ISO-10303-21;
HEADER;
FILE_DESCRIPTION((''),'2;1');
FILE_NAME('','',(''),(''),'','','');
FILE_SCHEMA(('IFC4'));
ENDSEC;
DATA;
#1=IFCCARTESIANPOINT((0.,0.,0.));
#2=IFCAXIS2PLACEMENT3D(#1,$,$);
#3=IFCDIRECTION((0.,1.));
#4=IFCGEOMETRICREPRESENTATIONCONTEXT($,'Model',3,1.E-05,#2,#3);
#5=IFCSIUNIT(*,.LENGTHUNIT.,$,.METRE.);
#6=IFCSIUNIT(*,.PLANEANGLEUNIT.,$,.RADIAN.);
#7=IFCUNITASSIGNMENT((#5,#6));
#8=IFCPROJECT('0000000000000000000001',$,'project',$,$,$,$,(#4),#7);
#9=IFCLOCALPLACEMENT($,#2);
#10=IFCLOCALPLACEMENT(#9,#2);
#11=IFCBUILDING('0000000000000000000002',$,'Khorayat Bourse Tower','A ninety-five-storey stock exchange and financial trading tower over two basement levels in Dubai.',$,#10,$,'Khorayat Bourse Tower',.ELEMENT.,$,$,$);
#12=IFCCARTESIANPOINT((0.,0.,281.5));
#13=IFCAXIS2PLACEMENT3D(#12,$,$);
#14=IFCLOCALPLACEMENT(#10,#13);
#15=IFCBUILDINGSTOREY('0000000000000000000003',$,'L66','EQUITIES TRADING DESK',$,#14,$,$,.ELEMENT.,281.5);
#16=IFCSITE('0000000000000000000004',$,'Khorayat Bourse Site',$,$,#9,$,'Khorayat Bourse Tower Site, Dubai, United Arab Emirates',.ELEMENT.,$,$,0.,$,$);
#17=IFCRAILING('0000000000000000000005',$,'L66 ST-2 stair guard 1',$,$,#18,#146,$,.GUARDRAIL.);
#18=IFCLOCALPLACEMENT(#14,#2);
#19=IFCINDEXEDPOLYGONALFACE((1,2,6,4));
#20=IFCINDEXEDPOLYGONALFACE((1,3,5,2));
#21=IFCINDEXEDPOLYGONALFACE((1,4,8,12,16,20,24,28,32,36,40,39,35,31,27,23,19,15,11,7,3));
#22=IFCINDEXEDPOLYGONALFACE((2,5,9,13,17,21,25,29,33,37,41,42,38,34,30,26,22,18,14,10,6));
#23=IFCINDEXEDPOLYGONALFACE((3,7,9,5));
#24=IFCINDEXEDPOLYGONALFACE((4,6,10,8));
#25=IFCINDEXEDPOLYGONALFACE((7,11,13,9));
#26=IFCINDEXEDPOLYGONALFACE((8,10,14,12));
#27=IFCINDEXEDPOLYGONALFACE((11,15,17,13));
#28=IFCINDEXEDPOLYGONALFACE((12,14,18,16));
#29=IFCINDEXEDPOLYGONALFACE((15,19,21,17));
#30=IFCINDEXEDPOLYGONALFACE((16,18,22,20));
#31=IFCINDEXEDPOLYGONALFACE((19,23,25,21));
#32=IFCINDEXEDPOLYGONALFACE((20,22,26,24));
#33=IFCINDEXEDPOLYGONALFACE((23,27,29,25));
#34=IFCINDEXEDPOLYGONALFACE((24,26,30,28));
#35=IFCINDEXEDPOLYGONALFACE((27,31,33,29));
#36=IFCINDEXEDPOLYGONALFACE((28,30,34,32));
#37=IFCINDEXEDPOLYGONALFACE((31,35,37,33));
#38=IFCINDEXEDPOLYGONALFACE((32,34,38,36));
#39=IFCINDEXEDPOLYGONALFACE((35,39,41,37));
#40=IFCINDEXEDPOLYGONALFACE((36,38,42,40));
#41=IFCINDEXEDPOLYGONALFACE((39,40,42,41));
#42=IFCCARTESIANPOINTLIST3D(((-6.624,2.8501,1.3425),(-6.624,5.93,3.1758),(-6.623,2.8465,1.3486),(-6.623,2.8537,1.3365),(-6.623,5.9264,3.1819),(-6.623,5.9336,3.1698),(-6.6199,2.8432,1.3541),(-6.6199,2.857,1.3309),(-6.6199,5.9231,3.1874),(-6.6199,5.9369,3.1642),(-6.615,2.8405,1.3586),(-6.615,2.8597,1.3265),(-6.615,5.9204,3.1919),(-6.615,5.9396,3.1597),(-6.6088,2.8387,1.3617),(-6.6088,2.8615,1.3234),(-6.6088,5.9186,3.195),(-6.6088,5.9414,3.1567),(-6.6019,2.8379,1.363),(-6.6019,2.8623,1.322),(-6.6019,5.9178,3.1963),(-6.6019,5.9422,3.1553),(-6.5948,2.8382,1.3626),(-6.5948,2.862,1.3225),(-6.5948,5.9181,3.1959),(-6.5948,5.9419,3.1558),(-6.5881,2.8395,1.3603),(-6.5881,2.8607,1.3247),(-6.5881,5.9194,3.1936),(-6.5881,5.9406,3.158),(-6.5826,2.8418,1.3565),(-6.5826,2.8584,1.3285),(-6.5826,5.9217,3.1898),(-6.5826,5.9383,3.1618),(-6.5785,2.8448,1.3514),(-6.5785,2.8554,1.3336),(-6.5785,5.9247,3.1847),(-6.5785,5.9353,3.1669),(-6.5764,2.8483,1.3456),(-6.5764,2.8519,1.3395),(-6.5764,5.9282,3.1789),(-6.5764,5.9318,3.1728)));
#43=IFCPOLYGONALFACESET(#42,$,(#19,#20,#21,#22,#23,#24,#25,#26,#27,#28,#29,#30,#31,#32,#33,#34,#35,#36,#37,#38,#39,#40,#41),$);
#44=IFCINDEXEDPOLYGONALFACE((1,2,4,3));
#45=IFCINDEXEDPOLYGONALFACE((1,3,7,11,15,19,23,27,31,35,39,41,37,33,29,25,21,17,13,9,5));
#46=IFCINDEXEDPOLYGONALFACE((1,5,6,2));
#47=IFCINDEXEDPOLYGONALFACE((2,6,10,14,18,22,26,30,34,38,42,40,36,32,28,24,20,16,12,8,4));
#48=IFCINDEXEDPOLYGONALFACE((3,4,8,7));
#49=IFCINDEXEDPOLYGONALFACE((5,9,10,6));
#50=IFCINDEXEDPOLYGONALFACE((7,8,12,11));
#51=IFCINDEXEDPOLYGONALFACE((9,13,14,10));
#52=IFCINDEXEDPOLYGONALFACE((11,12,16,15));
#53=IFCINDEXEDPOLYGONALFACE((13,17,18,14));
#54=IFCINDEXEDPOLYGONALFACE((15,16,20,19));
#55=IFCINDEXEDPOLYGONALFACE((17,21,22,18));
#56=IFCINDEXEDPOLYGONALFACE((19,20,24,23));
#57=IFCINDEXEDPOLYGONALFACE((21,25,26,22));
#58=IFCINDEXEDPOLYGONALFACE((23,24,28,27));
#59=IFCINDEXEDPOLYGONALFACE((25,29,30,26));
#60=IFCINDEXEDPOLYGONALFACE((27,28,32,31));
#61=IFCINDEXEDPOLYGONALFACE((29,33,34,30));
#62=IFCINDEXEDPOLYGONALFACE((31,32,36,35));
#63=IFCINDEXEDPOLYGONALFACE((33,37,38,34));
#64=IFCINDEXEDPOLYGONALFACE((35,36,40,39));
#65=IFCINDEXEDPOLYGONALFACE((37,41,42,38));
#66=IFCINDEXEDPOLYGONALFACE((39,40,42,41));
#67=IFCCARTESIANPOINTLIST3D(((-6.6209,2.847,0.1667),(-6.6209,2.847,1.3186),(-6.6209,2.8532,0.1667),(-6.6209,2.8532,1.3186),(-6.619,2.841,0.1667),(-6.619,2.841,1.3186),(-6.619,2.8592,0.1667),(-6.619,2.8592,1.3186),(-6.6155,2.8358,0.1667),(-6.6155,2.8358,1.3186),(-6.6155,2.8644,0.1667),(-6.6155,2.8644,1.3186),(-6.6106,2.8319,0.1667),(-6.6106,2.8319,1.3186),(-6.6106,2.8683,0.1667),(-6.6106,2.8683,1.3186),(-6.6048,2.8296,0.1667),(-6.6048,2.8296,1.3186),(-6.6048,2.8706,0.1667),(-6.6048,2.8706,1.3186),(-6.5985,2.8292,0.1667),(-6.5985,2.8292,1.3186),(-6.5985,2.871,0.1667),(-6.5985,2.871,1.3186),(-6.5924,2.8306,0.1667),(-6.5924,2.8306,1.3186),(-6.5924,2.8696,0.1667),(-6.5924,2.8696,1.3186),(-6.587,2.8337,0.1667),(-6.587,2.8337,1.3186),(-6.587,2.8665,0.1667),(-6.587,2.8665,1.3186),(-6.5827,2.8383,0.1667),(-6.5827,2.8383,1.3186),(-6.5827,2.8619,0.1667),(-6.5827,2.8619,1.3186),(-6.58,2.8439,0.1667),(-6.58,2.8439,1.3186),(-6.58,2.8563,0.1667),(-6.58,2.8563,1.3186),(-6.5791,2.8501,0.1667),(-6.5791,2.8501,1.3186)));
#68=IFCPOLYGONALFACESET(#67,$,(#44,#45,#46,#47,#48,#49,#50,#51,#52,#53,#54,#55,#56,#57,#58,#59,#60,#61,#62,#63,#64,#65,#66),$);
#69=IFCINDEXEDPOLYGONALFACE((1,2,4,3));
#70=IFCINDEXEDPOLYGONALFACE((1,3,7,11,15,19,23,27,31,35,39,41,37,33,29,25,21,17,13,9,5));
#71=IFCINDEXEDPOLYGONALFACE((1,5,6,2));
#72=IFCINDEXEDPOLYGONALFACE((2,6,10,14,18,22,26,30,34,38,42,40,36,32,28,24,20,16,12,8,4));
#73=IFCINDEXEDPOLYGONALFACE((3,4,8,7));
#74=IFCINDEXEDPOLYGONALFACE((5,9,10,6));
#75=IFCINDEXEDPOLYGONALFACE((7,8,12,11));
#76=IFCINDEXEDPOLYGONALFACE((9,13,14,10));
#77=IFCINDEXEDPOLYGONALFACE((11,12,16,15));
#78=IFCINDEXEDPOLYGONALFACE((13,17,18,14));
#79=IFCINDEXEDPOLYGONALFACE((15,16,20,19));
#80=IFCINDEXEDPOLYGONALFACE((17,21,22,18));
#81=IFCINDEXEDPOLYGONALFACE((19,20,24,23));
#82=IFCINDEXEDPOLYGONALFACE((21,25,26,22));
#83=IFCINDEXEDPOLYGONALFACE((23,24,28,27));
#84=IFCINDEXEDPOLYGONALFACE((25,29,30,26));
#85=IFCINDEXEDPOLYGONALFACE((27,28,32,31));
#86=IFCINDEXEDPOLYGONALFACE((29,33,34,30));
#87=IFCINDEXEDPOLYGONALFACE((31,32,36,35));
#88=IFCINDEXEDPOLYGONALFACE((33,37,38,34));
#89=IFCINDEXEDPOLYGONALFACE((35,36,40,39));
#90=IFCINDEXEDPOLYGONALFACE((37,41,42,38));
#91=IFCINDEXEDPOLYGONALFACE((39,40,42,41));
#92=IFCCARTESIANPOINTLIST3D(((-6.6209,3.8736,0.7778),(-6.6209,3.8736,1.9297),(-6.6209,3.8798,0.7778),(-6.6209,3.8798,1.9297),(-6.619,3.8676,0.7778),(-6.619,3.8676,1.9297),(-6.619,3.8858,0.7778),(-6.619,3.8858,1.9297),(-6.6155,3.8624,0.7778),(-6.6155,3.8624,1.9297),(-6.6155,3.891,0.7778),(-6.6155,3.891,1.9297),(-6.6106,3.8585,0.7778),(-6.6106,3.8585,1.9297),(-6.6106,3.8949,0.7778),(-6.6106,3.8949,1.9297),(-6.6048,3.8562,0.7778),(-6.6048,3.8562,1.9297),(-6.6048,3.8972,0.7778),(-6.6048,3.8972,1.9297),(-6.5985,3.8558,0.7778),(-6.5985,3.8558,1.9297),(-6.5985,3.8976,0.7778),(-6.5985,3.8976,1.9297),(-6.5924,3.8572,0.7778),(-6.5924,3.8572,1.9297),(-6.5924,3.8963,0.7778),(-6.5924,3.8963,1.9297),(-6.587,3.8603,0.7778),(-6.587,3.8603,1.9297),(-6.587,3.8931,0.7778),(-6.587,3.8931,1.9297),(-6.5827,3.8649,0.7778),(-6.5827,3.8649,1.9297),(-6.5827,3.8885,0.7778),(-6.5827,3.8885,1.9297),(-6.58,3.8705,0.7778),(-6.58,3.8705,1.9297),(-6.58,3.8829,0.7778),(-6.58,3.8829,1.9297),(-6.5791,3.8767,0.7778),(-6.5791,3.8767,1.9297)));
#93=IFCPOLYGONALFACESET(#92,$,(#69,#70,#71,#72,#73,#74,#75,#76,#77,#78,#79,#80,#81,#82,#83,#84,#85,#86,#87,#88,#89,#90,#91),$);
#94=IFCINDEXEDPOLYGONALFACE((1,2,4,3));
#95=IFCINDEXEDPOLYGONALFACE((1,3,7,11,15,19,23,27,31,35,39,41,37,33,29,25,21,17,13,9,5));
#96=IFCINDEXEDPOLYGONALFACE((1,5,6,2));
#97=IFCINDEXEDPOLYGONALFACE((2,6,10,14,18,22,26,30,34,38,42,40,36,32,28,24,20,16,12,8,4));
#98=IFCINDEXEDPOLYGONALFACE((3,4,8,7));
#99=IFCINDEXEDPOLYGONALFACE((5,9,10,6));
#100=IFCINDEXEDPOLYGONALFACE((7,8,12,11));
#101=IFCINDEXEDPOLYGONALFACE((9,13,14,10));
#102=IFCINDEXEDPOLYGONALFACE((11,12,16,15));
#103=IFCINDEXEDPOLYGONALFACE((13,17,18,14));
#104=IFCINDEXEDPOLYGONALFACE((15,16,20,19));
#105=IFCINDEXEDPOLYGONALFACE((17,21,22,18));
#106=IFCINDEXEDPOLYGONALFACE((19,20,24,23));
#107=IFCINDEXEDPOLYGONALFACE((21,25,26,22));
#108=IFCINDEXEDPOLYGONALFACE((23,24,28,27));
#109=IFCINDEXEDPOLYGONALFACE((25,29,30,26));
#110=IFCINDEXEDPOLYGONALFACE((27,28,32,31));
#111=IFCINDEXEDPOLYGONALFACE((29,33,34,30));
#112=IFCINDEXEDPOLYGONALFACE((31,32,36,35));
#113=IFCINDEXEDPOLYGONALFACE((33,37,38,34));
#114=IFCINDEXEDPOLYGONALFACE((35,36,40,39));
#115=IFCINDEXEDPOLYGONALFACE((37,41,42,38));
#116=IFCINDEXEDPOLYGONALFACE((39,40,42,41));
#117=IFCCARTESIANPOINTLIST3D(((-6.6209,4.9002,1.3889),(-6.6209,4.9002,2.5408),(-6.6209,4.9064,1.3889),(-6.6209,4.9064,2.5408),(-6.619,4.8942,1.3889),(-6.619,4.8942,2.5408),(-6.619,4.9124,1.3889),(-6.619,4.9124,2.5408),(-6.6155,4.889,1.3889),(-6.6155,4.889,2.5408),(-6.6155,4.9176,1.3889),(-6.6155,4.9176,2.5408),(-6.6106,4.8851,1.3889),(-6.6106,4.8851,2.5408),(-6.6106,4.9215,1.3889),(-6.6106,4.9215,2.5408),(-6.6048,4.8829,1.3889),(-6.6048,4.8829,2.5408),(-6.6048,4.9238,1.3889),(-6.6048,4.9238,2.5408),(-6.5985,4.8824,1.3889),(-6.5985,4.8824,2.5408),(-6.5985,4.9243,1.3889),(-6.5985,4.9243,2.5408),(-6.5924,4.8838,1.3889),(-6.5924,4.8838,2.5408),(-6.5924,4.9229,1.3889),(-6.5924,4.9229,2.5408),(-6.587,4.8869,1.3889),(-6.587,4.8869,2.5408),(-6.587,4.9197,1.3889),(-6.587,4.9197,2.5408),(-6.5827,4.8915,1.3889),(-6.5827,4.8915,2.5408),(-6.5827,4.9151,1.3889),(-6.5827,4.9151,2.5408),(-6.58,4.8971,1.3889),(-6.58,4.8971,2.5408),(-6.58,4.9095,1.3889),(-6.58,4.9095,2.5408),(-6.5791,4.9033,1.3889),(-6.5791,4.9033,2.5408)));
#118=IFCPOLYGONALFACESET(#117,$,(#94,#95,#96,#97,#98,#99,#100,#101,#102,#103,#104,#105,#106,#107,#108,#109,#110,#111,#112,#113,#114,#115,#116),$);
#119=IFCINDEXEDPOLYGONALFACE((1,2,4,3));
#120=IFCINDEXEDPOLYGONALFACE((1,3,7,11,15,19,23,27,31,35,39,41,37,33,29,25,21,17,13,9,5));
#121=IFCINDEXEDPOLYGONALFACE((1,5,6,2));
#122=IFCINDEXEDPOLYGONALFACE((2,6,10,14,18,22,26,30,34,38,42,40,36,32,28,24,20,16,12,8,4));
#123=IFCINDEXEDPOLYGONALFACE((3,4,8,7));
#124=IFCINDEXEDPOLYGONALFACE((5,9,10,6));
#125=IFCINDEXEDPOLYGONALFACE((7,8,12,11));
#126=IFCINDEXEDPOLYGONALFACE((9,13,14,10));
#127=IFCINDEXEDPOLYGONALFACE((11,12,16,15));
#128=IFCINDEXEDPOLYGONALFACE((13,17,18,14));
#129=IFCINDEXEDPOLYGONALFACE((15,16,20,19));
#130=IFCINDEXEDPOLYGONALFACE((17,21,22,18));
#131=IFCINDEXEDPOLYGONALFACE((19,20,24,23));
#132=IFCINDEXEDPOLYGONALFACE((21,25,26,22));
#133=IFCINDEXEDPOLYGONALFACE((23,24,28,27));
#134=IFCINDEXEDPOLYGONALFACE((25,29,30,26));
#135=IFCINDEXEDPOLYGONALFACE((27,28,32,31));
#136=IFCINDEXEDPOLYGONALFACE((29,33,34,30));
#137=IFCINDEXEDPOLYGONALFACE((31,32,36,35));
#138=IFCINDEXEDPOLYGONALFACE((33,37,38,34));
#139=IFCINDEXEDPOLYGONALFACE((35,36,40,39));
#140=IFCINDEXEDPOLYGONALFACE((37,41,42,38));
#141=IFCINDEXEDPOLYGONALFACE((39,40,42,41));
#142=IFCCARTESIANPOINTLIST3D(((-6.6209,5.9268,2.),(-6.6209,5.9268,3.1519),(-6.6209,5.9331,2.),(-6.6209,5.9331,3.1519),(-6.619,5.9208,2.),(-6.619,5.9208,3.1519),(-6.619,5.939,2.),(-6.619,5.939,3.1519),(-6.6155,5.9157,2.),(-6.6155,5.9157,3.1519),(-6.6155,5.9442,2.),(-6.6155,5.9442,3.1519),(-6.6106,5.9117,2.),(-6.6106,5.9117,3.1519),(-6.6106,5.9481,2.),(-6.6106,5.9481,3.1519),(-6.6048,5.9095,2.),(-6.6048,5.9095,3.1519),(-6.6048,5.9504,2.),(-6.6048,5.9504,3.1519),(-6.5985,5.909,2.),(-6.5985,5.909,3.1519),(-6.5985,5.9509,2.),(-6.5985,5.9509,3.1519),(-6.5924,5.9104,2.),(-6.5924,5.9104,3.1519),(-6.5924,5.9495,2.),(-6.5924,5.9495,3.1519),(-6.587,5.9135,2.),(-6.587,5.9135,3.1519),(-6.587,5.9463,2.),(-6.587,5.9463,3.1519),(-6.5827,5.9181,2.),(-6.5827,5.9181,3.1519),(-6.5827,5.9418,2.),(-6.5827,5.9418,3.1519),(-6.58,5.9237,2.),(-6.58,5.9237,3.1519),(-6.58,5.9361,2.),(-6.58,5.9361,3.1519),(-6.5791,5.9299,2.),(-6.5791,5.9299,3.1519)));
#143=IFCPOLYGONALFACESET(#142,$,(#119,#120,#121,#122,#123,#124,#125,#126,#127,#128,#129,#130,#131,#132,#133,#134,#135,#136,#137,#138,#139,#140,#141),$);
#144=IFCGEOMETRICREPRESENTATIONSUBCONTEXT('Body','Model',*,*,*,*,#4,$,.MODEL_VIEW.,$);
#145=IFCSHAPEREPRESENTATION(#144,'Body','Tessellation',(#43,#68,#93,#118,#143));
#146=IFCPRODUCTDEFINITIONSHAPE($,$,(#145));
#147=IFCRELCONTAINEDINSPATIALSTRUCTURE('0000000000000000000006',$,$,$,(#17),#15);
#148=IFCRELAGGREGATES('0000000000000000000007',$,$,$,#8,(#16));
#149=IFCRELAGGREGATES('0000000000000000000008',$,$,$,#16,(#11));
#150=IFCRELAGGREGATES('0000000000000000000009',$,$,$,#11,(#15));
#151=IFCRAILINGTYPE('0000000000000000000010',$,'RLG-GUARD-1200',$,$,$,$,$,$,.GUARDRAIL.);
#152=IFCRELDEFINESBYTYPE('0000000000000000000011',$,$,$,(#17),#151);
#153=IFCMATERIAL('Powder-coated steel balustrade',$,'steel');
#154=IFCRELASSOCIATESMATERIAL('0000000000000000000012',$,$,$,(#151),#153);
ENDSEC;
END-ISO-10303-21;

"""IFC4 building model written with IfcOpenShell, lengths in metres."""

from ifc_helpers import new_model, si_unit, direction, frame, origin, origin_2d, place, context, subcontext, project, spatial, circle, extrude, source, transform, mapped, material, type_object, element, save


model = new_model("IFC4")

# Units and contexts
model_context = context("Model", 3, precision=1e-05, world=origin(), true_north=direction((0.0, 1.0)))
body_context = subcontext(model_context, "Body", "Model", "MODEL_VIEW")
ifc_project = project(units=[si_unit("LENGTHUNIT", "METRE"), si_unit("PLANEANGLEUNIT", "RADIAN")], contexts=[model_context])

# Site, building, storey
site_placement = place(None, origin())
site = spatial("IfcSite", under=ifc_project, at=site_placement, Name="Khorayat Bourse Site", LongName="Khorayat Bourse Tower Site, Dubai, United Arab Emirates", CompositionType="ELEMENT", RefElevation=0.0)
building_placement = place(site_placement, origin())
building = spatial("IfcBuilding", under=site, at=building_placement, Name="Khorayat Bourse Tower", Description="A ninety-five-storey stock exchange and financial trading tower over two basement levels in Dubai.", LongName="Khorayat Bourse Tower", CompositionType="ELEMENT")
storey_placement = place(building_placement, frame((0.0, 0.0, 281.5)))
storey = spatial("IfcBuildingStorey", under=building, at=storey_placement, Name="L66", Description="EQUITIES TRADING DESK", CompositionType="ELEMENT", Elevation=281.5)

# Railing
ifc_material_1 = material(Name="Powder-coated steel balustrade", Category="steel")
railing_type_1 = type_object("IfcRailingType", Name="RLG-GUARD-1200", PredefinedType="GUARDRAIL", material=ifc_material_1)
shared_shape_1 = source(origin(), body_context, "Body", "SweptSolid", [
    extrude(circle(Radius=0.0239, at=origin_2d()), frame((0.0, 0.0, 1.1758), z_axis=(0.0, 0.859291, 0.511487), x_axis=(-1.0, 0.0, 0.0)), (0.0, 0.0, 1.0), 3.5842),
    extrude(circle(Radius=0.021, at=origin_2d()), origin(), (0.0, 0.0, 1.0), 1.1519),
    extrude(circle(Radius=0.021, at=origin_2d()), frame((0.0, 1.0266, 0.6111)), (0.0, 0.0, 1.0), 1.1519),
    extrude(circle(Radius=0.021, at=origin_2d()), frame((0.0, 2.0532, 1.2222)), (0.0, 0.0, 1.0), 1.1519),
    extrude(circle(Radius=0.021, at=origin_2d()), frame((0.0, 3.0798, 1.8333)), (0.0, 0.0, 1.0), 1.1519),
])
railing_1_placement = place(storey_placement, frame((-6.6001, 2.8501, 0.1667)))
element("IfcRailing", 1, at=railing_1_placement, inside=storey, type_object=railing_type_1, Name="L66 ST-2 stair guard 1", PredefinedType="GUARDRAIL", context=body_context, shape_type="MappedRepresentation", body=[
    mapped(shared_shape_1, transform((0.0, 0.0, 0.0), scale=1.0)),
])

save(model, "model.ifc")
